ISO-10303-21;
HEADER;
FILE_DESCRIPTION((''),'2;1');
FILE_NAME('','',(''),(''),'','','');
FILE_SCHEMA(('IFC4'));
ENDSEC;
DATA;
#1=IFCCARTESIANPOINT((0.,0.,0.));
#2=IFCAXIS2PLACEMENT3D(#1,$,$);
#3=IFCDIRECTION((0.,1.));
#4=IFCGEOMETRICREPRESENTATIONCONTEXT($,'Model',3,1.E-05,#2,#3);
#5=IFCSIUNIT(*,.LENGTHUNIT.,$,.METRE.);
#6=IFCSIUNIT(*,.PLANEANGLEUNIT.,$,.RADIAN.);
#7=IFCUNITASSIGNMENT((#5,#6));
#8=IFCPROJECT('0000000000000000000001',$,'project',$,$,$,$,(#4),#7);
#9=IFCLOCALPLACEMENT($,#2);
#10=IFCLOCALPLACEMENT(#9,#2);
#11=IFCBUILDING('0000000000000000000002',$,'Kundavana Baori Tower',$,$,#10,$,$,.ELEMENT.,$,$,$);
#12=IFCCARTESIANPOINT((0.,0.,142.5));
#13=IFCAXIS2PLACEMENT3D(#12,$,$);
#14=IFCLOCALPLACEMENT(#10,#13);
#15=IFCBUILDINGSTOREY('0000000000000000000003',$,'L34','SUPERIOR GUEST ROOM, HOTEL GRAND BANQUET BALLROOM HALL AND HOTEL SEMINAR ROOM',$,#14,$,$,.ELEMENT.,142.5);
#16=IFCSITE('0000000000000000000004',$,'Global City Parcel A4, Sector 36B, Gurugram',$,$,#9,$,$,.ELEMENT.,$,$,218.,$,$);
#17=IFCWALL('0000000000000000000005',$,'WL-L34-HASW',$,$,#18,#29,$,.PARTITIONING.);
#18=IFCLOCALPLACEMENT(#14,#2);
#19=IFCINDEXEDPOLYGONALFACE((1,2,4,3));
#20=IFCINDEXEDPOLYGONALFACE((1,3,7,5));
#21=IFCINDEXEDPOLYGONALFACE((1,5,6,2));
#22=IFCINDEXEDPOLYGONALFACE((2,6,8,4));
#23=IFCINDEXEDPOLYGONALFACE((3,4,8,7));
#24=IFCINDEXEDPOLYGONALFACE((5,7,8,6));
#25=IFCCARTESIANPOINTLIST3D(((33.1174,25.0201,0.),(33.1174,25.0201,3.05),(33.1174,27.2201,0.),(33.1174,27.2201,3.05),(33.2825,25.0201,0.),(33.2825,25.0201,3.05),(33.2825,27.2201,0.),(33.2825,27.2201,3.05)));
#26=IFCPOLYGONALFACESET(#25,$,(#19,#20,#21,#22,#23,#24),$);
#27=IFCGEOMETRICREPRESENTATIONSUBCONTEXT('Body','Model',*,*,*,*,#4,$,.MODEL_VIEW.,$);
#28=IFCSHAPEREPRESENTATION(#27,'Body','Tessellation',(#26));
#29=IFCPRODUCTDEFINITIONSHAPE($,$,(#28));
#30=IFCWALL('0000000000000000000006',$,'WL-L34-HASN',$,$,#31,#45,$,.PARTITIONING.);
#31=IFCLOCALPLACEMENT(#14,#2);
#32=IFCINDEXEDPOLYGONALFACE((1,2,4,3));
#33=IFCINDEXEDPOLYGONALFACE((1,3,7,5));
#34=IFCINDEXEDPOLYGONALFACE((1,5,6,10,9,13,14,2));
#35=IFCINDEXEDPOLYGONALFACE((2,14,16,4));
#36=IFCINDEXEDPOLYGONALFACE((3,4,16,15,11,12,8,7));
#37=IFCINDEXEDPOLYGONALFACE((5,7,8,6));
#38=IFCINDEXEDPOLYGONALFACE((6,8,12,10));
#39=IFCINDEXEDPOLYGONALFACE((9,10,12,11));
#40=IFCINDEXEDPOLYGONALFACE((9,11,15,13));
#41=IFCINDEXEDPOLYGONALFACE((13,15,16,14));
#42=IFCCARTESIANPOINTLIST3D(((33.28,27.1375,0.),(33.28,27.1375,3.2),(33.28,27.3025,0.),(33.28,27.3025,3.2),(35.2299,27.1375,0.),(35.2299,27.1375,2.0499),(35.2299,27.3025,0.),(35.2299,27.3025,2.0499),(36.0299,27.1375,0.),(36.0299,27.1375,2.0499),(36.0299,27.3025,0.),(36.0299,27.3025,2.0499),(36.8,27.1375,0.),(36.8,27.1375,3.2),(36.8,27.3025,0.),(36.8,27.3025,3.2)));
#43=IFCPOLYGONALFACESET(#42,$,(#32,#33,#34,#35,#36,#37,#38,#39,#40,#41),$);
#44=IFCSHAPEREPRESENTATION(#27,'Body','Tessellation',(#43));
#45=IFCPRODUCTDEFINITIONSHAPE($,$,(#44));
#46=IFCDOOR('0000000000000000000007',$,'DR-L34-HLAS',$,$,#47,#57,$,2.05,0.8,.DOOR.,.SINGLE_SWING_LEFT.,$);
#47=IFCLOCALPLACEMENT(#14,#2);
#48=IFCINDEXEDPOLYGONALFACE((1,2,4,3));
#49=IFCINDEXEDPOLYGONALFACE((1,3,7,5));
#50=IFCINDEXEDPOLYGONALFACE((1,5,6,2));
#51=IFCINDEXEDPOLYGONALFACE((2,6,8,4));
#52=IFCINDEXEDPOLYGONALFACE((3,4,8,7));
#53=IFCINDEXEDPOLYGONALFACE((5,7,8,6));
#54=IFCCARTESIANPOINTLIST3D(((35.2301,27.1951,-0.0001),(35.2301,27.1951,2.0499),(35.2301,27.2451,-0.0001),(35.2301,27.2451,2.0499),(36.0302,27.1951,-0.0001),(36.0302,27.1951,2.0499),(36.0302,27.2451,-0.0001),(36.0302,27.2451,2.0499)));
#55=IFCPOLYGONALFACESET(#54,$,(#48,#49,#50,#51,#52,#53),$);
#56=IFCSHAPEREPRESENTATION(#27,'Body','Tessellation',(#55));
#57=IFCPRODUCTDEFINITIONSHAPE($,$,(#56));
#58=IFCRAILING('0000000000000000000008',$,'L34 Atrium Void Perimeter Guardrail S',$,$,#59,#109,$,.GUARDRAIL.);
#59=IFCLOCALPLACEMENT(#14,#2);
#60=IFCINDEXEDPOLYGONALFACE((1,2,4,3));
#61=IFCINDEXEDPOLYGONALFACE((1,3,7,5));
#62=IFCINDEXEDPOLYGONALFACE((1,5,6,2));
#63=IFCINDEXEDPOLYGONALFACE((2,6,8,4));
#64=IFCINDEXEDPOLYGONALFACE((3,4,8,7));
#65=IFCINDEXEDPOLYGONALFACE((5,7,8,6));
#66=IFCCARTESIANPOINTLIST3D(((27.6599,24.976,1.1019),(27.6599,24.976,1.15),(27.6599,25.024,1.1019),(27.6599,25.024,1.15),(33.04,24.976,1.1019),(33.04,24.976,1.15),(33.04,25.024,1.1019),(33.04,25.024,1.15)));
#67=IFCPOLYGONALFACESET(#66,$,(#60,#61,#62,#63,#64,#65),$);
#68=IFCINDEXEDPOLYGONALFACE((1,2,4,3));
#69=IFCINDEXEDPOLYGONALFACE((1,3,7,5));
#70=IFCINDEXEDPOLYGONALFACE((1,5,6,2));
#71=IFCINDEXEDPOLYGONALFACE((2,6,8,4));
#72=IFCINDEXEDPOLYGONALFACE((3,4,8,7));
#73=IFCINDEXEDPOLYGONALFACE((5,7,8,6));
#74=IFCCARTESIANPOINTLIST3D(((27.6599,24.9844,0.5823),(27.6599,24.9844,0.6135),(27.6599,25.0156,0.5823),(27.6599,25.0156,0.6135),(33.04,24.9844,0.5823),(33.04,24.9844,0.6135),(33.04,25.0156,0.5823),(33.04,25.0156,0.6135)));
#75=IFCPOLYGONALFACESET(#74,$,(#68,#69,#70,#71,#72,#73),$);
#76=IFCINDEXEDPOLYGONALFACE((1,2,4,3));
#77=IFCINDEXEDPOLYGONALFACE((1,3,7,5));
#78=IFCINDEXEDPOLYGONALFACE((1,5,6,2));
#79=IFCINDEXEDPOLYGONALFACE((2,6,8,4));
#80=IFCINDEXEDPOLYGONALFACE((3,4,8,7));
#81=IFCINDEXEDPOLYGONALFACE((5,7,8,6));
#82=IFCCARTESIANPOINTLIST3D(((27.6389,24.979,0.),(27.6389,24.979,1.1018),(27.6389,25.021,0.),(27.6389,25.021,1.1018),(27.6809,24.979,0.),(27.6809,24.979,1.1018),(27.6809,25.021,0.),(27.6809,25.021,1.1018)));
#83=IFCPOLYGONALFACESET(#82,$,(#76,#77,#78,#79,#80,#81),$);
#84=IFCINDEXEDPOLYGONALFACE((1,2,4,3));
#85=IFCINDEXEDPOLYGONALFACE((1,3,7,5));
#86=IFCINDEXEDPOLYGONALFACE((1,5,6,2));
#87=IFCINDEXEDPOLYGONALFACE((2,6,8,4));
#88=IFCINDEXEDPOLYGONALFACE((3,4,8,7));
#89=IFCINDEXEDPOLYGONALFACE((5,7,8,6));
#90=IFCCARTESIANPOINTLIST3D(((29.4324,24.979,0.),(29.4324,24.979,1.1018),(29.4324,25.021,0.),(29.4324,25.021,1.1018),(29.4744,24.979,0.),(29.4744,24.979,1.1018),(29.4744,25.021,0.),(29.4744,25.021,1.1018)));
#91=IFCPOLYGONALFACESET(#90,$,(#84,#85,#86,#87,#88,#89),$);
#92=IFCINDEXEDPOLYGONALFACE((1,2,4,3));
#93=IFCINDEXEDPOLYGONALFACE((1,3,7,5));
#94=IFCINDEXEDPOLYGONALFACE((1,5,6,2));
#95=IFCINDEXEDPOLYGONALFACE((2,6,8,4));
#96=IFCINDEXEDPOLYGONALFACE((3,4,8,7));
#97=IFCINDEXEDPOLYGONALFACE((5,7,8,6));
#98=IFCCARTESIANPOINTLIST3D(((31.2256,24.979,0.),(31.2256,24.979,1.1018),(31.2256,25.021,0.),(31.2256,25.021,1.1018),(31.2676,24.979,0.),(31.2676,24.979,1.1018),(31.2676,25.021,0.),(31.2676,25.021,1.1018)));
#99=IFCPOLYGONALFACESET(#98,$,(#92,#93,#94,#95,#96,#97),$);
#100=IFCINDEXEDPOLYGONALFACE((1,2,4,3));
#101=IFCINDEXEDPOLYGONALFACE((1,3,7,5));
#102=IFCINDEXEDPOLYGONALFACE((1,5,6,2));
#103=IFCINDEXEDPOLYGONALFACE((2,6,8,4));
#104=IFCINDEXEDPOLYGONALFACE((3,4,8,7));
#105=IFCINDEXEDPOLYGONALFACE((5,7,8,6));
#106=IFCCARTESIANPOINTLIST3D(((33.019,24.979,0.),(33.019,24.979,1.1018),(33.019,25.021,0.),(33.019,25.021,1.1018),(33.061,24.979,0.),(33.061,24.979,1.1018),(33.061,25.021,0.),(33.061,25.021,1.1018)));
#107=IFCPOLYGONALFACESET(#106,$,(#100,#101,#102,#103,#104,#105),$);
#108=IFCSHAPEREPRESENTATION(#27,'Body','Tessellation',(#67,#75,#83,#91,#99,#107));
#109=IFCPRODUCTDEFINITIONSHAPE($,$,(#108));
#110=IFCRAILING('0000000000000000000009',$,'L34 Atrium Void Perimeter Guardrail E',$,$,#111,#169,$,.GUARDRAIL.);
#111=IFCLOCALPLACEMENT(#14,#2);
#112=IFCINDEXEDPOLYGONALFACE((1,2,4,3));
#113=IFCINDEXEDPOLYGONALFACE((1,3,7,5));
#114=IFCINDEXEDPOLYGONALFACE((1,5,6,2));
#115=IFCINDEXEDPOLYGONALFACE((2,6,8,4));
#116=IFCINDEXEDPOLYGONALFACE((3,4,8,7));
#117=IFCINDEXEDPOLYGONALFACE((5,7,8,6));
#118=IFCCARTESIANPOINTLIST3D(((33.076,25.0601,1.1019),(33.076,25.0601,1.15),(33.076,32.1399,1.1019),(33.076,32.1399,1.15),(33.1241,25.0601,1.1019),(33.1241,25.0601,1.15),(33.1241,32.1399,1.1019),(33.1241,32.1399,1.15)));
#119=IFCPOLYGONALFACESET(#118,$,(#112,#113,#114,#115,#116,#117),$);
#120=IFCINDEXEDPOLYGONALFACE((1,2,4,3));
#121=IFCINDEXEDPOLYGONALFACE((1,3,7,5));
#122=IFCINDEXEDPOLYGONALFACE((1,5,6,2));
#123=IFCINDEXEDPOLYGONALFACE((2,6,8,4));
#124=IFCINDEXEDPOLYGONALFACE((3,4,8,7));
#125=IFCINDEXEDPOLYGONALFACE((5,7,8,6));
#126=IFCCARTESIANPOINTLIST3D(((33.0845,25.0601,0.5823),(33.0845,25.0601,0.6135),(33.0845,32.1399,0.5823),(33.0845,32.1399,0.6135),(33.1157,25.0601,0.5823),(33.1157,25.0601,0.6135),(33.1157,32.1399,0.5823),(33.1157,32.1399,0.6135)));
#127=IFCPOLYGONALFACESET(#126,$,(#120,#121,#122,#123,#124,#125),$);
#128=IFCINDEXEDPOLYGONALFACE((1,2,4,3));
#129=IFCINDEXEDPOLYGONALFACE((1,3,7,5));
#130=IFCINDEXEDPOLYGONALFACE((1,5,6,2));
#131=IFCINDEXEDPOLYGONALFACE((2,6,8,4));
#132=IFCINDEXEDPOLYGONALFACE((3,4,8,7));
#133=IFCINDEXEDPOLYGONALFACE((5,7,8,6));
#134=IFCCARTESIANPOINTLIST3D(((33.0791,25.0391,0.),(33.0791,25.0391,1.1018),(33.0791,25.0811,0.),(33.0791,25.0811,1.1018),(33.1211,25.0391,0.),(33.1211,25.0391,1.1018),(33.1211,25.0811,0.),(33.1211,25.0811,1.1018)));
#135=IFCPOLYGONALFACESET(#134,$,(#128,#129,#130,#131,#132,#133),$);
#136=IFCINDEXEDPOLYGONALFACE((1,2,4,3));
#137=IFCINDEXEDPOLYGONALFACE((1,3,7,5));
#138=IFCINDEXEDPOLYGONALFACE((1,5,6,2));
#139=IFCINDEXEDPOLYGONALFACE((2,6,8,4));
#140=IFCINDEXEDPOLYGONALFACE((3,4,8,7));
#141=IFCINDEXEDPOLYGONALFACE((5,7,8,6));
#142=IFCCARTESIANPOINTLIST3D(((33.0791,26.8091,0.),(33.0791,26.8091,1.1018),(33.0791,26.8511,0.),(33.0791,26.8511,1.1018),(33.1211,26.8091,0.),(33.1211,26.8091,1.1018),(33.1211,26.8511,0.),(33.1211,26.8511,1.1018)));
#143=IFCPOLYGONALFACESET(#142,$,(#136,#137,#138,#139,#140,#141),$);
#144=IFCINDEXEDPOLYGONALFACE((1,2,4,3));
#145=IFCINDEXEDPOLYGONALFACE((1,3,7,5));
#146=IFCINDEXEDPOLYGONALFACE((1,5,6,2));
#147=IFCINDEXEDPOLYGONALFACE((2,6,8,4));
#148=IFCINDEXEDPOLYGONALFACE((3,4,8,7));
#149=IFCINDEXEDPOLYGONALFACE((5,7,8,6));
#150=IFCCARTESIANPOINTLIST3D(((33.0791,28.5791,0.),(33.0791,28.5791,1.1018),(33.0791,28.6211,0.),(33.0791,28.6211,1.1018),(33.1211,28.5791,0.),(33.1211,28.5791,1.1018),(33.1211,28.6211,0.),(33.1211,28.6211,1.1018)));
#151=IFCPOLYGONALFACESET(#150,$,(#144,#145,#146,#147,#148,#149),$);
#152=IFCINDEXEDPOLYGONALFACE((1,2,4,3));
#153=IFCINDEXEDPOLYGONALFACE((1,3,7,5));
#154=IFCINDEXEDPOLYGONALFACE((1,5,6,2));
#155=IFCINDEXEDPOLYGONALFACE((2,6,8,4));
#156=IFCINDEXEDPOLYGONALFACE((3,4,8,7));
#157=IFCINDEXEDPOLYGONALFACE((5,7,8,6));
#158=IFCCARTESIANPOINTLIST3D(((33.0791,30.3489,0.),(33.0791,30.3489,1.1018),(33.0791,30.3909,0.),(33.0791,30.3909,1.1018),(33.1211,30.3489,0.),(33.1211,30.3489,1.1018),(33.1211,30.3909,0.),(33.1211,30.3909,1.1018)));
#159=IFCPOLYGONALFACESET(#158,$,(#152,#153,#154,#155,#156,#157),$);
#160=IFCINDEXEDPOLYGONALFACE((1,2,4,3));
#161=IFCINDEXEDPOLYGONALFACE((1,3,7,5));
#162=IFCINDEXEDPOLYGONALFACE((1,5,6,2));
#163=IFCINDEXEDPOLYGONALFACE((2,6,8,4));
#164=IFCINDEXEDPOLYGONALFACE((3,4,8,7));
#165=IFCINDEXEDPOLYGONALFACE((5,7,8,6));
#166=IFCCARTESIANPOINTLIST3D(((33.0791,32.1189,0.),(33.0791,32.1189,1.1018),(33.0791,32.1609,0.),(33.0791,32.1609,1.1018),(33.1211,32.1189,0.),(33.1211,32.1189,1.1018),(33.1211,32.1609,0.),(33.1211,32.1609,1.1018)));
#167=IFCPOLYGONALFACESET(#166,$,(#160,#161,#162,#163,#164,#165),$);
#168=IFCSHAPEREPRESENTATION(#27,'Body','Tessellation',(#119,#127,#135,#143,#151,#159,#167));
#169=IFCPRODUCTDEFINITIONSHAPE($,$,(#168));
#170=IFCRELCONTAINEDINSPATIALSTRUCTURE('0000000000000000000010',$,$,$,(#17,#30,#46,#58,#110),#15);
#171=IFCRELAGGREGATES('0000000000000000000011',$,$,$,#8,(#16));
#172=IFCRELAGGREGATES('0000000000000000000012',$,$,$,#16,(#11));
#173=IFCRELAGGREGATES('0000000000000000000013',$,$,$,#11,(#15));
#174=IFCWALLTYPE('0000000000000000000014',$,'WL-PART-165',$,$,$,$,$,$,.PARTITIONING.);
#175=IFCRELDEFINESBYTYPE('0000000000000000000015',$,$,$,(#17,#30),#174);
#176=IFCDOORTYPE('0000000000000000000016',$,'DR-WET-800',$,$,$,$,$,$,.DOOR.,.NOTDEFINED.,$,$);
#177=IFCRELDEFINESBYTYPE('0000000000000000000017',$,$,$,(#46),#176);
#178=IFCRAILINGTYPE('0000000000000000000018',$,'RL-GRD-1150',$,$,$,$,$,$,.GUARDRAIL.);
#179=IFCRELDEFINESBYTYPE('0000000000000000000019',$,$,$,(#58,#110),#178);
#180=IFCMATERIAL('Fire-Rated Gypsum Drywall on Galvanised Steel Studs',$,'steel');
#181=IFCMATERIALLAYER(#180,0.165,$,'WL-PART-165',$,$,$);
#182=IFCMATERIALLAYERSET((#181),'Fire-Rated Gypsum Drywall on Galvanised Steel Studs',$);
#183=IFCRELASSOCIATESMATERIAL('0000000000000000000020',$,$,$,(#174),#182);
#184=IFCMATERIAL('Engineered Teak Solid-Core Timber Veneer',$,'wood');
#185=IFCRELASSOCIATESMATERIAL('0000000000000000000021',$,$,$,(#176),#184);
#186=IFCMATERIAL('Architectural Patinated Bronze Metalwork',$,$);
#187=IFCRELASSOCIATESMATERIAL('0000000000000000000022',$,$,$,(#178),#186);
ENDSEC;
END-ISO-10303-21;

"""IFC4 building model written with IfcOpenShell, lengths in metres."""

from ifc_helpers import new_model, si_unit, direction, frame, frame_2d, origin, origin_2d, place, context, subcontext, project, spatial, rectangle, extrude, material, layer, layer_set, type_object, element, fill, save


model = new_model("IFC4")

# Units and contexts
model_context = context("Model", 3, precision=1e-05, world=origin(), true_north=direction((0.0, 1.0)))
body_context = subcontext(model_context, "Body", "Model", "MODEL_VIEW")
ifc_project = project(units=[si_unit("LENGTHUNIT", "METRE"), si_unit("PLANEANGLEUNIT", "RADIAN")], contexts=[model_context])

# Site, building, storey
site_placement = place(None, origin())
site = spatial("IfcSite", under=ifc_project, at=site_placement, Name="Global City Parcel A4, Sector 36B, Gurugram", CompositionType="ELEMENT", RefElevation=218.0)
building_placement = place(site_placement, origin())
building = spatial("IfcBuilding", under=site, at=building_placement, Name="Kundavana Baori Tower", CompositionType="ELEMENT")
storey_placement = place(building_placement, frame((0.0, 0.0, 142.5)))
storey = spatial("IfcBuildingStorey", under=building, at=storey_placement, Name="L34", Description="SUPERIOR GUEST ROOM, HOTEL GRAND BANQUET BALLROOM HALL AND HOTEL SEMINAR ROOM", CompositionType="ELEMENT", Elevation=142.5)

# Shared definitions
ifc_material_1 = material(Name="Fire-Rated Gypsum Drywall on Galvanised Steel Studs", Category="steel")
ifc_layer = layer(ifc_material_1, 0.165, Name="WL-PART-165")
ifc_layer_set = layer_set([ifc_layer], Name="Fire-Rated Gypsum Drywall on Galvanised Steel Studs")
wall_type = type_object("IfcWallType", Name="WL-PART-165", PredefinedType="PARTITIONING", material=ifc_layer_set)

# Wall
wall_1_placement = place(storey_placement, frame((33.2, 25.02, 0.0), z_axis=(0.0, 0.0, 1.0), x_axis=(0.0, 1.0, 0.0)))
element("IfcWall", 1, at=wall_1_placement, inside=storey, type_object=wall_type, Name="WL-L34-HASW", PredefinedType="PARTITIONING", context=body_context, shape_type="SweptSolid", body=[
    extrude(rectangle(XDim=2.2, YDim=0.165, at=frame_2d((1.1001, 0.0))), origin(), (0.0, 0.0, 1.0), 3.05),
])

# Wall, opening, door
wall_2_placement = place(storey_placement, frame((33.28, 27.22, 0.0), z_axis=(0.0, 0.0, 1.0), x_axis=(1.0, 0.0, 0.0)))
wall_2 = element("IfcWall", 2, at=wall_2_placement, inside=storey, type_object=wall_type, Name="WL-L34-HASN", PredefinedType="PARTITIONING", context=body_context, shape_type="SweptSolid", body=[
    extrude(rectangle(XDim=3.52, YDim=0.165, at=frame_2d((1.76, 0.0))), origin(), (0.0, 0.0, 1.0), 3.2),
])
opening_1_placement = place(wall_2_placement, frame((1.95, 0.0, 0.0)))
opening_1 = element("IfcOpeningElement", 3, at=opening_1_placement, cuts=wall_2, PredefinedType="OPENING", context=body_context, shape_type="SweptSolid", body=[
    extrude(rectangle(XDim=0.8, YDim=2.05, at=frame_2d((0.3999, 1.0249))), frame((0.0, 0.0925, 0.0), z_axis=(0.0, -1.0, 0.0), x_axis=(1.0, 0.0, 0.0)), (0.0, 0.0, 1.0), 0.1851),
])
ifc_material_2 = material(Name="Engineered Teak Solid-Core Timber Veneer", Category="wood")
door_type_1 = type_object("IfcDoorType", Name="DR-WET-800", OperationType="NOTDEFINED", PredefinedType="DOOR", material=ifc_material_2)
door_1_placement = place(opening_1_placement, frame((0.8, 0.0, 0.0), z_axis=(0.0, 0.0, 1.0), x_axis=(-1.0, 0.0, 0.0)))
door_1 = element("IfcDoor", 4, at=door_1_placement, inside=storey, type_object=door_type_1, Name="DR-L34-HLAS", OperationType="SINGLE_SWING_LEFT", OverallHeight=2.05, OverallWidth=0.8, PredefinedType="DOOR", context=body_context, shape_type="SweptSolid", body=[
    extrude(rectangle(XDim=0.8, YDim=2.05, at=frame_2d((0.3999, 1.0249))), frame((0.0, 0.0249, 0.0), z_axis=(0.0, -1.0, 0.0), x_axis=(1.0, 0.0, 0.0)), (0.0, 0.0, 1.0), 0.05),
])
fill(opening_1, door_1)

# Railings
ifc_material_3 = material(Name="Architectural Patinated Bronze Metalwork")
railing_type = type_object("IfcRailingType", Name="RL-GRD-1150", PredefinedType="GUARDRAIL", material=ifc_material_3)
railing_1_placement = place(storey_placement, frame((27.6599, 25.0, 0.0)))
element("IfcRailing", 5, at=railing_1_placement, inside=storey, type_object=railing_type, Name="L34 Atrium Void Perimeter Guardrail S", PredefinedType="GUARDRAIL", context=body_context, shape_type="SweptSolid", body=[
    extrude(rectangle(XDim=0.0481, YDim=0.0481, at=origin_2d()), frame((0.0, 0.0, 1.126), z_axis=(1.0, 0.0, 0.0), x_axis=(0.0, 1.0, 0.0)), (0.0, 0.0, 1.0), 5.3801),
    extrude(rectangle(XDim=0.0312, YDim=0.0312, at=origin_2d()), frame((0.0, 0.0, 0.5979), z_axis=(1.0, 0.0, 0.0), x_axis=(0.0, 1.0, 0.0)), (0.0, 0.0, 1.0), 5.3801),
    extrude(rectangle(XDim=0.042, YDim=0.042, at=origin_2d()), origin(), (0.0, 0.0, 1.0), 1.1018),
    extrude(rectangle(XDim=0.042, YDim=0.042, at=origin_2d()), frame((1.7935, 0.0, 0.0)), (0.0, 0.0, 1.0), 1.1018),
    extrude(rectangle(XDim=0.042, YDim=0.042, at=origin_2d()), frame((3.5867, 0.0, 0.0)), (0.0, 0.0, 1.0), 1.1018),
    extrude(rectangle(XDim=0.042, YDim=0.042, at=origin_2d()), frame((5.3801, 0.0, 0.0)), (0.0, 0.0, 1.0), 1.1018),
])
railing_2_placement = place(storey_placement, frame((33.1001, 25.0601, 0.0)))
element("IfcRailing", 6, at=railing_2_placement, inside=storey, type_object=railing_type, Name="L34 Atrium Void Perimeter Guardrail E", PredefinedType="GUARDRAIL", context=body_context, shape_type="SweptSolid", body=[
    extrude(rectangle(XDim=0.0481, YDim=0.0481, at=origin_2d()), frame((0.0, 0.0, 1.126), z_axis=(0.0, 1.0, 0.0), x_axis=(-1.0, 0.0, 0.0)), (0.0, 0.0, 1.0), 7.0798),
    extrude(rectangle(XDim=0.0312, YDim=0.0312, at=origin_2d()), frame((0.0, 0.0, 0.5979), z_axis=(0.0, 1.0, 0.0), x_axis=(-1.0, 0.0, 0.0)), (0.0, 0.0, 1.0), 7.0798),
    extrude(rectangle(XDim=0.042, YDim=0.042, at=origin_2d()), origin(), (0.0, 0.0, 1.0), 1.1018),
    extrude(rectangle(XDim=0.042, YDim=0.042, at=origin_2d()), frame((0.0, 1.77, 0.0)), (0.0, 0.0, 1.0), 1.1018),
    extrude(rectangle(XDim=0.042, YDim=0.042, at=origin_2d()), frame((0.0, 3.54, 0.0)), (0.0, 0.0, 1.0), 1.1018),
    extrude(rectangle(XDim=0.042, YDim=0.042, at=origin_2d()), frame((0.0, 5.3098, 0.0)), (0.0, 0.0, 1.0), 1.1018),
    extrude(rectangle(XDim=0.042, YDim=0.042, at=origin_2d()), frame((0.0, 7.0798, 0.0)), (0.0, 0.0, 1.0), 1.1018),
])

save(model, "model.ifc")
